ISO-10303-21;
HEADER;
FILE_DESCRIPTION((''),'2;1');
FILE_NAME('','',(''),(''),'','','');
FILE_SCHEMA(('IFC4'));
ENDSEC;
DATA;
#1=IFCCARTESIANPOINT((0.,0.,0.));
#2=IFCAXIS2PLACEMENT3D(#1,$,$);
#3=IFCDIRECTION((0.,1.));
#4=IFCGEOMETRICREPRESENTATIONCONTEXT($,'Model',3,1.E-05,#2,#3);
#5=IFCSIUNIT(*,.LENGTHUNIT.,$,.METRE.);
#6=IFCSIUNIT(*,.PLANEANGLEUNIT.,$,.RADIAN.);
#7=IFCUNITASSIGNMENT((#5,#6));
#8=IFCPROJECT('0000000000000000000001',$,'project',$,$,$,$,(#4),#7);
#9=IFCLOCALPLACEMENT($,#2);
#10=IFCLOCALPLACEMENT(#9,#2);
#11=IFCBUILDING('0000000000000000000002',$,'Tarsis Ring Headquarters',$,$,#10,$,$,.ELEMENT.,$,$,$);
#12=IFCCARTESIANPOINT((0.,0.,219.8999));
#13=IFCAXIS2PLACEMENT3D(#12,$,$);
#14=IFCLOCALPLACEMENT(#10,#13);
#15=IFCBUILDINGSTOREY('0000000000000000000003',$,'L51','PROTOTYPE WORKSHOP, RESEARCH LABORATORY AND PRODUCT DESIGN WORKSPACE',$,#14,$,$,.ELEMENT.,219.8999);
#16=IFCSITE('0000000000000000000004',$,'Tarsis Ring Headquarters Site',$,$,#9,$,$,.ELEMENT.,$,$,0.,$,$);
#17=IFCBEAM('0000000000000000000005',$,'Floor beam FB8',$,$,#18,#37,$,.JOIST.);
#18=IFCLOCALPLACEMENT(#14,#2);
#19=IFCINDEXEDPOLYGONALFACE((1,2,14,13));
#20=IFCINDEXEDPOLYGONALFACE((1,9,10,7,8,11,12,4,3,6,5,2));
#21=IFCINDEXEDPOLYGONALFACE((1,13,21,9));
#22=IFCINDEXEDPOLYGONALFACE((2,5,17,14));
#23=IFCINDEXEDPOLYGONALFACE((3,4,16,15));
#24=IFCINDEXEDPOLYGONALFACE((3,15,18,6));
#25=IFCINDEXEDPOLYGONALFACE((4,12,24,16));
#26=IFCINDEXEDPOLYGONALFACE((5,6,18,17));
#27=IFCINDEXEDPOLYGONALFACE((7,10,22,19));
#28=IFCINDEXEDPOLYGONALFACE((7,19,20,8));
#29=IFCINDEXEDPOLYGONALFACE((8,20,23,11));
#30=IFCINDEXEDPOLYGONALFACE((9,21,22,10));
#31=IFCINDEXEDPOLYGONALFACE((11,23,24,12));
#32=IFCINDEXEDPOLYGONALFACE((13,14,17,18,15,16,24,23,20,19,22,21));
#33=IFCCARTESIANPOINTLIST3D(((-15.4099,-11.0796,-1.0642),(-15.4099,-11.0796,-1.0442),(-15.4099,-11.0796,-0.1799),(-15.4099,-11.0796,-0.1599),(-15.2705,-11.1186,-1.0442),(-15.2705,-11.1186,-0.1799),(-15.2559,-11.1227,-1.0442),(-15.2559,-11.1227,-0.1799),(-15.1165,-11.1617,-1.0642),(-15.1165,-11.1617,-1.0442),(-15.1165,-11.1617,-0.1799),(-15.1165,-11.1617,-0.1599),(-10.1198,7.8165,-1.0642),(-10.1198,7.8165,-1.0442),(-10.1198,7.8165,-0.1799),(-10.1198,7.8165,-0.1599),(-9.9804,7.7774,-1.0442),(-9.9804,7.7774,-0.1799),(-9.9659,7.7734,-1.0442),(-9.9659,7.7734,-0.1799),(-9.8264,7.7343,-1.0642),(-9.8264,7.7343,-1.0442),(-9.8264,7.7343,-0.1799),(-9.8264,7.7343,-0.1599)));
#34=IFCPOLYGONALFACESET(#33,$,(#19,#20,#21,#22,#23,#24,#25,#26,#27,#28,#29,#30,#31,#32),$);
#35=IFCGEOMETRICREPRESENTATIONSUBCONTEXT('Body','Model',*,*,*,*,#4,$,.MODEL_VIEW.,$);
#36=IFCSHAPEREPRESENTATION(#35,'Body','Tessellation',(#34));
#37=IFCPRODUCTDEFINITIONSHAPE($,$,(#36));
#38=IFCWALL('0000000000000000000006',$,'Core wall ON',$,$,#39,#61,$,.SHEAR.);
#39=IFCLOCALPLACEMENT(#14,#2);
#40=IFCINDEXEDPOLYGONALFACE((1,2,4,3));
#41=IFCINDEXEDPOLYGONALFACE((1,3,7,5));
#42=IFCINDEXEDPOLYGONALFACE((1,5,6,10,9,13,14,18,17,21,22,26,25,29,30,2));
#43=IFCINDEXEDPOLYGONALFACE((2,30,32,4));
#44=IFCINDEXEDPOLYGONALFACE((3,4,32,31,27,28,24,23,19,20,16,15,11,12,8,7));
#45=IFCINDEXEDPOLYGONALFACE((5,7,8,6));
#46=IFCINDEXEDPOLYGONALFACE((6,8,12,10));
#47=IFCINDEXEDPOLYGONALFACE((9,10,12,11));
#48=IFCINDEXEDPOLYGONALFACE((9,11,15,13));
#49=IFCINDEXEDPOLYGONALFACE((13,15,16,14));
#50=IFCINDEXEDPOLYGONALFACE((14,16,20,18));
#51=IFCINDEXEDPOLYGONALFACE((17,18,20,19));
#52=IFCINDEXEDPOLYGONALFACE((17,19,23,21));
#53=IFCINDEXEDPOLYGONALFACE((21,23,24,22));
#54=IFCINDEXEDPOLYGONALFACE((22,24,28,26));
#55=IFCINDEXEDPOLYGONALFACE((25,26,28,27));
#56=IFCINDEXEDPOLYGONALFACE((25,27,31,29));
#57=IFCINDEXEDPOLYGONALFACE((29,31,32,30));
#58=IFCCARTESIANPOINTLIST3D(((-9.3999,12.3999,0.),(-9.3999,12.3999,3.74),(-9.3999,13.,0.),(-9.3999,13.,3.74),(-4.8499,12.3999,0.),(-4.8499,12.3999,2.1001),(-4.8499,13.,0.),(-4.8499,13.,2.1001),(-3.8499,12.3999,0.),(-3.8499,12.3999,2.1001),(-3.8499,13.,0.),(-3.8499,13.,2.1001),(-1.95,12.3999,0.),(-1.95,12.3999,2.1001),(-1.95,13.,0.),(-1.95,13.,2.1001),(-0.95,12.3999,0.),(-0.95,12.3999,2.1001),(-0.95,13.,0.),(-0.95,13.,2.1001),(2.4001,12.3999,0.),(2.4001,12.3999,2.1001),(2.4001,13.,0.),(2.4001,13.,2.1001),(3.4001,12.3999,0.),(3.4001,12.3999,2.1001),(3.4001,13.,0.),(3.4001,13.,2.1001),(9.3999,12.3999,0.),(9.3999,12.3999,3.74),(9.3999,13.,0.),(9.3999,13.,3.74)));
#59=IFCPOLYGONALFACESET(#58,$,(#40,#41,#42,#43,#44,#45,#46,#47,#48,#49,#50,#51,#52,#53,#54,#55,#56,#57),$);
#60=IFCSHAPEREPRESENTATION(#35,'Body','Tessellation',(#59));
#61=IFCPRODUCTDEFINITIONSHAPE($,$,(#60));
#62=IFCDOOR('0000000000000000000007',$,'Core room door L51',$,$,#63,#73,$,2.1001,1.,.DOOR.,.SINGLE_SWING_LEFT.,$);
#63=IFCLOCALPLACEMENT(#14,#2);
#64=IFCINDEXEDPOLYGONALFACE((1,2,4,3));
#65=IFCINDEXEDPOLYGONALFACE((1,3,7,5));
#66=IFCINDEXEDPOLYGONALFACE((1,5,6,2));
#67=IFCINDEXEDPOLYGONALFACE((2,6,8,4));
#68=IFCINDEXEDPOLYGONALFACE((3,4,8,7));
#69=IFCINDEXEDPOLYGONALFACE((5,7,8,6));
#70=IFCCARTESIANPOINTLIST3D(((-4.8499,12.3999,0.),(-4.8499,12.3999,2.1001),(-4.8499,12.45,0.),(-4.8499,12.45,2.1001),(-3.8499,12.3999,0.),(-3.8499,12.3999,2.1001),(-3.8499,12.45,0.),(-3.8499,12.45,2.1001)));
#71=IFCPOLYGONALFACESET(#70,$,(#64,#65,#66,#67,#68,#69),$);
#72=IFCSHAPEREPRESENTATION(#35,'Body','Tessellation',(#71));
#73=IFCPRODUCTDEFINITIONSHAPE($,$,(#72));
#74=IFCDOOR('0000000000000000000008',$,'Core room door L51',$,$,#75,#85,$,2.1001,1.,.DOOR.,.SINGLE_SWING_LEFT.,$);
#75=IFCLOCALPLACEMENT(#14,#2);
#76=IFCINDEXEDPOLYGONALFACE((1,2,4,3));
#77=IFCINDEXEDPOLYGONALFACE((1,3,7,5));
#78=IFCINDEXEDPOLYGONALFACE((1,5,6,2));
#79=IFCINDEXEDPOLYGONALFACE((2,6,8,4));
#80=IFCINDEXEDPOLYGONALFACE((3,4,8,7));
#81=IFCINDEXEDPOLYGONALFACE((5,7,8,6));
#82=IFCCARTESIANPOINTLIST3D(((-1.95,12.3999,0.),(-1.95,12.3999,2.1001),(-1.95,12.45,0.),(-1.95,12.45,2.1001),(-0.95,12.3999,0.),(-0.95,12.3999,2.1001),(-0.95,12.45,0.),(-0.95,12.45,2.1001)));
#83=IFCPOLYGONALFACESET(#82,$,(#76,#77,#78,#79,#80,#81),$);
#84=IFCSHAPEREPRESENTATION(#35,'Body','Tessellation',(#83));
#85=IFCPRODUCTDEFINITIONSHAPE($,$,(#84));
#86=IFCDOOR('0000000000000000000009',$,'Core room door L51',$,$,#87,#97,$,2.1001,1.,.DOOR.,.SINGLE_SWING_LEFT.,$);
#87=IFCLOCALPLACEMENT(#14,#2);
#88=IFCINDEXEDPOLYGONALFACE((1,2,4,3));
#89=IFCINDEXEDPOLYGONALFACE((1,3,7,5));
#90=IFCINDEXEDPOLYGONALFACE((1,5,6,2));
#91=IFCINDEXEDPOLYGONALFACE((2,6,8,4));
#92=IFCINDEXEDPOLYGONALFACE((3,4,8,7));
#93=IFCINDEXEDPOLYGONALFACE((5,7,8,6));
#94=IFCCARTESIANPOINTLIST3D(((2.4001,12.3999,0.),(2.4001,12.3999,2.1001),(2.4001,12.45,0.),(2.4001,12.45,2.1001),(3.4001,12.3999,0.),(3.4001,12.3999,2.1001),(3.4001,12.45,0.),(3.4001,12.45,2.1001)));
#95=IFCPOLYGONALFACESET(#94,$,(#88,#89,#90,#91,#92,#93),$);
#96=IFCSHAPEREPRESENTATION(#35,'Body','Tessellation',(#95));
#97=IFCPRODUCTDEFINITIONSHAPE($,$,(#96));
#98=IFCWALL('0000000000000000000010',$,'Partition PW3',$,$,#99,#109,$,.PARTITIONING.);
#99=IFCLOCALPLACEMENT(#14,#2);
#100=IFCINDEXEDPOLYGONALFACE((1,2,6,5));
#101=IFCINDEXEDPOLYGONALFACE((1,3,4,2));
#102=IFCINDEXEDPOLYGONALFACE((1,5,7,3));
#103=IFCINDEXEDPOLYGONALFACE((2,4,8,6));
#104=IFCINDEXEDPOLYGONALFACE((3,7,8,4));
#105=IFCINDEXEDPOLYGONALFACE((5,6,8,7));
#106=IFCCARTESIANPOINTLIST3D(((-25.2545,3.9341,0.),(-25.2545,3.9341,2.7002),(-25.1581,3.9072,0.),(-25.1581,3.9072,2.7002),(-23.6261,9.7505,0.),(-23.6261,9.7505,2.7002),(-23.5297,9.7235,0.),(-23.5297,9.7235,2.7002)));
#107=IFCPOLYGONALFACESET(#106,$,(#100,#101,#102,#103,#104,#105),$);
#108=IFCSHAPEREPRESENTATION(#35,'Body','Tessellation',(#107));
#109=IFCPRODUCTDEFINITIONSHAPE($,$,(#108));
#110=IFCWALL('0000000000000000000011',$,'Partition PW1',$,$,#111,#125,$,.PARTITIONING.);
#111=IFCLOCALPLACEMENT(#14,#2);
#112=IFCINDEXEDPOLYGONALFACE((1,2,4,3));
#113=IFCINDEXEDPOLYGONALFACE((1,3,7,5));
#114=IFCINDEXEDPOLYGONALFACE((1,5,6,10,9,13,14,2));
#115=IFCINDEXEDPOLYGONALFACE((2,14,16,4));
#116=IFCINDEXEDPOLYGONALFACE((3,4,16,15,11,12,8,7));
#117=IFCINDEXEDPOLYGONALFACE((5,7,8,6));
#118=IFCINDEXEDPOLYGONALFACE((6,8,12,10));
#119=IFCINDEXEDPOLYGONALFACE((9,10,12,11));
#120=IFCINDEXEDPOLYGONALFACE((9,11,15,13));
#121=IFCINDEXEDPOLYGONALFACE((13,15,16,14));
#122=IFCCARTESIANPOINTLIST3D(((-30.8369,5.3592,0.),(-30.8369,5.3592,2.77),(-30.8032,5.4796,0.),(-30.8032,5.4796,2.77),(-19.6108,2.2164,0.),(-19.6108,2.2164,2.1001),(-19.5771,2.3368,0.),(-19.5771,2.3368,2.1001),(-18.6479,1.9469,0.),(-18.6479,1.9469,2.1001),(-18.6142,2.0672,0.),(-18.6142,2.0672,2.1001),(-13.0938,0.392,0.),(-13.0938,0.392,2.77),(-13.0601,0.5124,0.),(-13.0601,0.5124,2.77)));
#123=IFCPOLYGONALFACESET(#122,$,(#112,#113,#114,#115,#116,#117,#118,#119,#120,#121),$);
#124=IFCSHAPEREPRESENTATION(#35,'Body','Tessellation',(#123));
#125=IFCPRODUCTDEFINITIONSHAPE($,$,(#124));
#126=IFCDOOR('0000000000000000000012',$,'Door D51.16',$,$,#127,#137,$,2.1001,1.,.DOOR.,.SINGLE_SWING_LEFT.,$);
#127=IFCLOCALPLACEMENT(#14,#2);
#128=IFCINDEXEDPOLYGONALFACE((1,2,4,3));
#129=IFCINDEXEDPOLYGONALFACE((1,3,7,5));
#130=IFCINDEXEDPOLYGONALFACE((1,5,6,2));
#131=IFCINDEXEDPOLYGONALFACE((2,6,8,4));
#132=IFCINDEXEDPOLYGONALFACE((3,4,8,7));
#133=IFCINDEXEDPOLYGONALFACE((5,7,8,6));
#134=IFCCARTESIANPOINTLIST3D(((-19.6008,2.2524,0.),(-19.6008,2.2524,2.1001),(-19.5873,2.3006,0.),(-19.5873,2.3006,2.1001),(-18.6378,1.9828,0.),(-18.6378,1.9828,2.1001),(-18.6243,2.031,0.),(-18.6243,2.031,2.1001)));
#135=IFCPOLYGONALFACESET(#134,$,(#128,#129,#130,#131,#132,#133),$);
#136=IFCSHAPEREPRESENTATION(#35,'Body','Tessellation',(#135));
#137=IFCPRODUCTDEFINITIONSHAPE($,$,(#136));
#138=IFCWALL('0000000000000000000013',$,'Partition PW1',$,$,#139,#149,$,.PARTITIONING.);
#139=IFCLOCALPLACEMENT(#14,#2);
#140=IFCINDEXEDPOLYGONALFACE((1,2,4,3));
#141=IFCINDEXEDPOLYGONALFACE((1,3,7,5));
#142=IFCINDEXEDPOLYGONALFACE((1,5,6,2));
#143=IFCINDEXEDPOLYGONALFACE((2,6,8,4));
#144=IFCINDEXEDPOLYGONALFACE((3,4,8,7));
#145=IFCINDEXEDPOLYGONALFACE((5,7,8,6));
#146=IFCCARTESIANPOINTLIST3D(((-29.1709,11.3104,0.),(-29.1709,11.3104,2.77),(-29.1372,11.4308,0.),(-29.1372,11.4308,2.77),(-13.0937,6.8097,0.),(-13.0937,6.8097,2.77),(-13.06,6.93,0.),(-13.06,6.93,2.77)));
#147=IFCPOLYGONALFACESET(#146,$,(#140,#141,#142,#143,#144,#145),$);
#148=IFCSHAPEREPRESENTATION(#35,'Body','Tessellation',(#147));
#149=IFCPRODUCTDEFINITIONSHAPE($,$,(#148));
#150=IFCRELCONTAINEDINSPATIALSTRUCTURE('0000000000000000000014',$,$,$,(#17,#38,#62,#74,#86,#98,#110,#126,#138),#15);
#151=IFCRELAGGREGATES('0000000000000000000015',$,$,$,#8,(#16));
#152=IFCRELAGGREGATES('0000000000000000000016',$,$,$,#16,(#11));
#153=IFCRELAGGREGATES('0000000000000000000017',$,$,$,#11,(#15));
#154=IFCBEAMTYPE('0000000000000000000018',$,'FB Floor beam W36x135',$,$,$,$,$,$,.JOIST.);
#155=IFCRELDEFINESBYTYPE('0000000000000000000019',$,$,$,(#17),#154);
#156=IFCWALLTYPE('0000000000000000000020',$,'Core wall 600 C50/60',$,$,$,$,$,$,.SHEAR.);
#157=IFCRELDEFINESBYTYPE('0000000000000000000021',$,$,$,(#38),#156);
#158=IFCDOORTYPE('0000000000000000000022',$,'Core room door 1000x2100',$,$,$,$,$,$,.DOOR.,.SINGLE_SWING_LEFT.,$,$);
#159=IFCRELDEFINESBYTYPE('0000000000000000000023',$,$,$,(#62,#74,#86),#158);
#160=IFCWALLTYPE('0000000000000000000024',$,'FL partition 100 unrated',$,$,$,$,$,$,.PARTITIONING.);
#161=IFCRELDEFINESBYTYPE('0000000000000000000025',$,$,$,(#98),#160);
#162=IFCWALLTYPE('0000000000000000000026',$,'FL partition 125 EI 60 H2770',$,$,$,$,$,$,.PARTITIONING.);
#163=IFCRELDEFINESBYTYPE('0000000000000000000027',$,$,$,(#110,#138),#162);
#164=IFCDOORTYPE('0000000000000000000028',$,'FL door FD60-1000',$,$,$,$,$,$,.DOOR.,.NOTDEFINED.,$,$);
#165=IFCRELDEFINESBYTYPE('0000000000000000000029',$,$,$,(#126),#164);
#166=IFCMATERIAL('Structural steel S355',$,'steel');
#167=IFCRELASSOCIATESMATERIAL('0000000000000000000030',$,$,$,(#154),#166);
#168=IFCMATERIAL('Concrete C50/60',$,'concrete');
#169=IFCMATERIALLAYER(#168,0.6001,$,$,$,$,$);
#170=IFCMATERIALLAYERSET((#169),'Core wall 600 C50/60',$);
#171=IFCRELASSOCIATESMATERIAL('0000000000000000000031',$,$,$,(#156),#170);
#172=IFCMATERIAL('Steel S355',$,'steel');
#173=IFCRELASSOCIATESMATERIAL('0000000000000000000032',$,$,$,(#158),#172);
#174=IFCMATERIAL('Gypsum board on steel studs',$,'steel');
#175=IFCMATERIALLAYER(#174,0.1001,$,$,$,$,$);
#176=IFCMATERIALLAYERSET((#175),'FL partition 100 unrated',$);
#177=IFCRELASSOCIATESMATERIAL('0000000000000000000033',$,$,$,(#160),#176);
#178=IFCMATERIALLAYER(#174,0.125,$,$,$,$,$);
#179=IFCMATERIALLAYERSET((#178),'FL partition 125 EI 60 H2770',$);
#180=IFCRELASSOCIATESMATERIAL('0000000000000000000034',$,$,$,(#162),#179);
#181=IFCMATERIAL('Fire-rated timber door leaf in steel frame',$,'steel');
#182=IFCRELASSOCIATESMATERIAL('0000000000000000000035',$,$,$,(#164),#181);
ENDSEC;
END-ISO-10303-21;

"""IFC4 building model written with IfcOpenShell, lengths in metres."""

from ifc_helpers import new_model, si_unit, direction, frame, frame_2d, origin, origin_2d, place, context, subcontext, project, spatial, rectangle, i_section, extrude, material, layer, layer_set, material_profile, profile_set, type_object, element, fill, save


model = new_model("IFC4")

# Units and contexts
model_context = context("Model", 3, precision=1e-05, world=origin(), true_north=direction((0.0, 1.0)))
body_context = subcontext(model_context, "Body", "Model", "MODEL_VIEW")
ifc_project = project(units=[si_unit("LENGTHUNIT", "METRE"), si_unit("PLANEANGLEUNIT", "RADIAN")], contexts=[model_context])

# Site, building, storey
site_placement = place(None, origin())
site = spatial("IfcSite", under=ifc_project, at=site_placement, Name="Tarsis Ring Headquarters Site", CompositionType="ELEMENT", RefElevation=0.0)
building_placement = place(site_placement, origin())
building = spatial("IfcBuilding", under=site, at=building_placement, Name="Tarsis Ring Headquarters", CompositionType="ELEMENT")
storey_placement = place(building_placement, frame((0.0, 0.0, 219.8999)))
storey = spatial("IfcBuildingStorey", under=building, at=storey_placement, Name="L51", Description="PROTOTYPE WORKSHOP, RESEARCH LABORATORY AND PRODUCT DESIGN WORKSPACE", CompositionType="ELEMENT", Elevation=219.8999)

# Beam
ifc_material_1 = material(Name="Structural steel S355", Category="steel")
ifc_material_profile = material_profile(ifc_material_1, i_section(OverallWidth=0.3047, OverallDepth=0.9043, WebThickness=0.0151, FlangeThickness=0.02, at=origin_2d()), Name="W36x135")
ifc_profile_set = profile_set([ifc_material_profile], Name="Structural steel S355")
beam_type = type_object("IfcBeamType", Name="FB Floor beam W36x135", PredefinedType="JOIST", material=ifc_profile_set)
beam_placement = place(storey_placement, frame((-9.9731, 7.7754, -0.6121), z_axis=(-0.26959, -0.962975, 0.0), x_axis=(0.962975, -0.26959, 0.0)))
element("IfcBeam", 1, at=beam_placement, inside=storey, type_object=beam_type, Name="Floor beam FB8", PredefinedType="JOIST", context=body_context, shape_type="SweptSolid", body=[
    extrude(i_section(OverallWidth=0.3047, OverallDepth=0.9043, WebThickness=0.0151, FlangeThickness=0.02, at=origin_2d()), origin(), (0.0, 0.0, 1.0), 19.6226),
])

# Wall, openings, doors
ifc_material_2 = material(Name="Concrete C50/60", Category="concrete")
ifc_layer_1 = layer(ifc_material_2, 0.6001)
ifc_layer_set_1 = layer_set([ifc_layer_1], Name="Core wall 600 C50/60")
wall_type_1 = type_object("IfcWallType", Name="Core wall 600 C50/60", PredefinedType="SHEAR", material=ifc_layer_set_1)
wall_1_placement = place(storey_placement, frame((-9.3999, 12.7, 0.0), z_axis=(0.0, 0.0, 1.0), x_axis=(1.0, 0.0, 0.0)))
wall_1 = element("IfcWall", 2, at=wall_1_placement, inside=storey, type_object=wall_type_1, Name="Core wall ON", PredefinedType="SHEAR", context=body_context, shape_type="SweptSolid", body=[
    extrude(rectangle(XDim=18.7998, YDim=0.6001, at=frame_2d((9.3999, 0.0))), origin(), (0.0, 0.0, 1.0), 3.74),
])
opening_1_placement = place(wall_1_placement, frame((4.55, 0.0, 0.0)))
opening_1 = element("IfcOpeningElement", 3, at=opening_1_placement, cuts=wall_1, PredefinedType="OPENING", context=body_context, shape_type="SweptSolid", body=[
    extrude(rectangle(XDim=1.0, YDim=2.1001, at=frame_2d((0.5, 1.05))), frame((0.0, 0.3101, 0.0), z_axis=(0.0, -1.0, 0.0), x_axis=(1.0, 0.0, 0.0)), (0.0, 0.0, 1.0), 0.6201),
])
opening_2_placement = place(wall_1_placement, frame((7.45, 0.0, 0.0)))
opening_2 = element("IfcOpeningElement", 4, at=opening_2_placement, cuts=wall_1, PredefinedType="OPENING", context=body_context, shape_type="SweptSolid", body=[
    extrude(rectangle(XDim=1.0, YDim=2.1001, at=frame_2d((0.5, 1.05))), frame((0.0, 0.3101, 0.0), z_axis=(0.0, -1.0, 0.0), x_axis=(1.0, 0.0, 0.0)), (0.0, 0.0, 1.0), 0.6201),
])
opening_3_placement = place(wall_1_placement, frame((11.8, 0.0, 0.0)))
opening_3 = element("IfcOpeningElement", 5, at=opening_3_placement, cuts=wall_1, PredefinedType="OPENING", context=body_context, shape_type="SweptSolid", body=[
    extrude(rectangle(XDim=1.0, YDim=2.1001, at=frame_2d((0.5, 1.05))), frame((0.0, 0.3101, 0.0), z_axis=(0.0, -1.0, 0.0), x_axis=(1.0, 0.0, 0.0)), (0.0, 0.0, 1.0), 0.6201),
])
ifc_material_3 = material(Name="Steel S355", Category="steel")
door_type_1 = type_object("IfcDoorType", Name="Core room door 1000x2100", OperationType="SINGLE_SWING_LEFT", PredefinedType="DOOR", material=ifc_material_3)
door_1_placement = place(opening_1_placement, origin())
door_1 = element("IfcDoor", 6, at=door_1_placement, inside=storey, type_object=door_type_1, Name="Core room door L51", OperationType="SINGLE_SWING_LEFT", OverallHeight=2.1001, OverallWidth=1.0, PredefinedType="DOOR", context=body_context, shape_type="SweptSolid", body=[
    extrude(rectangle(XDim=1.0, YDim=2.1001, at=frame_2d((0.5, 1.05))), frame((0.0, -0.25, 0.0), z_axis=(0.0, -1.0, 0.0), x_axis=(1.0, 0.0, 0.0)), (0.0, 0.0, 1.0), 0.05),
])
fill(opening_1, door_1)
door_2_placement = place(opening_2_placement, origin())
door_2 = element("IfcDoor", 7, at=door_2_placement, inside=storey, type_object=door_type_1, Name="Core room door L51", OperationType="SINGLE_SWING_LEFT", OverallHeight=2.1001, OverallWidth=1.0, PredefinedType="DOOR", context=body_context, shape_type="SweptSolid", body=[
    extrude(rectangle(XDim=1.0, YDim=2.1001, at=frame_2d((0.5, 1.05))), frame((0.0, -0.25, 0.0), z_axis=(0.0, -1.0, 0.0), x_axis=(1.0, 0.0, 0.0)), (0.0, 0.0, 1.0), 0.05),
])
fill(opening_2, door_2)
door_3_placement = place(opening_3_placement, origin())
door_3 = element("IfcDoor", 8, at=door_3_placement, inside=storey, type_object=door_type_1, Name="Core room door L51", OperationType="SINGLE_SWING_LEFT", OverallHeight=2.1001, OverallWidth=1.0, PredefinedType="DOOR", context=body_context, shape_type="SweptSolid", body=[
    extrude(rectangle(XDim=1.0, YDim=2.1001, at=frame_2d((0.5, 1.05))), frame((0.0, -0.25, 0.0), z_axis=(0.0, -1.0, 0.0), x_axis=(1.0, 0.0, 0.0)), (0.0, 0.0, 1.0), 0.05),
])
fill(opening_3, door_3)

# Wall
ifc_material_4 = material(Name="Gypsum board on steel studs", Category="steel")
ifc_layer_2 = layer(ifc_material_4, 0.1001)
ifc_layer_set_2 = layer_set([ifc_layer_2], Name="FL partition 100 unrated")
wall_type_2 = type_object("IfcWallType", Name="FL partition 100 unrated", PredefinedType="PARTITIONING", material=ifc_layer_set_2)
wall_2_placement = place(storey_placement, frame((-25.2063, 3.9207, 0.0), z_axis=(0.0, 0.0, 1.0), x_axis=(0.269603, 0.962972, 0.0)))
element("IfcWall", 9, at=wall_2_placement, inside=storey, type_object=wall_type_2, Name="Partition PW3", PredefinedType="PARTITIONING", context=body_context, shape_type="SweptSolid", body=[
    extrude(rectangle(XDim=6.04, YDim=0.1001, at=frame_2d((3.02, 0.0))), origin(), (0.0, 0.0, 1.0), 2.7002),
])

# Wall, opening, door
ifc_layer_3 = layer(ifc_material_4, 0.125)
ifc_layer_set_3 = layer_set([ifc_layer_3], Name="FL partition 125 EI 60 H2770")
wall_type_3 = type_object("IfcWallType", Name="FL partition 125 EI 60 H2770", PredefinedType="PARTITIONING", material=ifc_layer_set_3)
wall_3_placement = place(storey_placement, frame((-30.8201, 5.4194, 0.0), z_axis=(0.0, 0.0, 1.0), x_axis=(0.962975, -0.26959, 0.0)))
wall_3 = element("IfcWall", 10, at=wall_3_placement, inside=storey, type_object=wall_type_3, Name="Partition PW1", PredefinedType="PARTITIONING", context=body_context, shape_type="SweptSolid", body=[
    extrude(rectangle(XDim=18.4253, YDim=0.125, at=frame_2d((9.2126, 0.0))), origin(), (0.0, 0.0, 1.0), 2.77),
])
opening_4_placement = place(wall_3_placement, frame((11.6577, 0.0, 0.0)))
opening_4 = element("IfcOpeningElement", 11, at=opening_4_placement, cuts=wall_3, PredefinedType="OPENING", context=body_context, shape_type="SweptSolid", body=[
    extrude(rectangle(XDim=1.0, YDim=2.1001, at=frame_2d((0.5, 1.05))), frame((0.0, 0.0725, 0.0), z_axis=(0.0, -1.0, 0.0), x_axis=(1.0, 0.0, 0.0)), (0.0, 0.0, 1.0), 0.145),
])
ifc_material_5 = material(Name="Fire-rated timber door leaf in steel frame", Category="steel")
door_type_2 = type_object("IfcDoorType", Name="FL door FD60-1000", OperationType="NOTDEFINED", PredefinedType="DOOR", material=ifc_material_5)
door_4_placement = place(opening_4_placement, origin())
door_4 = element("IfcDoor", 12, at=door_4_placement, inside=storey, type_object=door_type_2, Name="Door D51.16", OperationType="SINGLE_SWING_LEFT", OverallHeight=2.1001, OverallWidth=1.0, PredefinedType="DOOR", context=body_context, shape_type="SweptSolid", body=[
    extrude(rectangle(XDim=1.0, YDim=2.1001, at=frame_2d((0.5, 1.05))), frame((0.0, 0.0249, 0.0), z_axis=(0.0, -1.0, 0.0), x_axis=(1.0, 0.0, 0.0)), (0.0, 0.0, 1.0), 0.05),
])
fill(opening_4, door_4)

# Wall
wall_4_placement = place(storey_placement, frame((-29.1541, 11.3706, 0.0), z_axis=(0.0, 0.0, 1.0), x_axis=(0.962978, -0.269582, 0.0)))
element("IfcWall", 13, at=wall_4_placement, inside=storey, type_object=wall_type_3, Name="Partition PW1", PredefinedType="PARTITIONING", context=body_context, shape_type="SweptSolid", body=[
    extrude(rectangle(XDim=16.6953, YDim=0.125, at=frame_2d((8.3477, 0.0))), origin(), (0.0, 0.0, 1.0), 2.77),
])

save(model, "model.ifc")
